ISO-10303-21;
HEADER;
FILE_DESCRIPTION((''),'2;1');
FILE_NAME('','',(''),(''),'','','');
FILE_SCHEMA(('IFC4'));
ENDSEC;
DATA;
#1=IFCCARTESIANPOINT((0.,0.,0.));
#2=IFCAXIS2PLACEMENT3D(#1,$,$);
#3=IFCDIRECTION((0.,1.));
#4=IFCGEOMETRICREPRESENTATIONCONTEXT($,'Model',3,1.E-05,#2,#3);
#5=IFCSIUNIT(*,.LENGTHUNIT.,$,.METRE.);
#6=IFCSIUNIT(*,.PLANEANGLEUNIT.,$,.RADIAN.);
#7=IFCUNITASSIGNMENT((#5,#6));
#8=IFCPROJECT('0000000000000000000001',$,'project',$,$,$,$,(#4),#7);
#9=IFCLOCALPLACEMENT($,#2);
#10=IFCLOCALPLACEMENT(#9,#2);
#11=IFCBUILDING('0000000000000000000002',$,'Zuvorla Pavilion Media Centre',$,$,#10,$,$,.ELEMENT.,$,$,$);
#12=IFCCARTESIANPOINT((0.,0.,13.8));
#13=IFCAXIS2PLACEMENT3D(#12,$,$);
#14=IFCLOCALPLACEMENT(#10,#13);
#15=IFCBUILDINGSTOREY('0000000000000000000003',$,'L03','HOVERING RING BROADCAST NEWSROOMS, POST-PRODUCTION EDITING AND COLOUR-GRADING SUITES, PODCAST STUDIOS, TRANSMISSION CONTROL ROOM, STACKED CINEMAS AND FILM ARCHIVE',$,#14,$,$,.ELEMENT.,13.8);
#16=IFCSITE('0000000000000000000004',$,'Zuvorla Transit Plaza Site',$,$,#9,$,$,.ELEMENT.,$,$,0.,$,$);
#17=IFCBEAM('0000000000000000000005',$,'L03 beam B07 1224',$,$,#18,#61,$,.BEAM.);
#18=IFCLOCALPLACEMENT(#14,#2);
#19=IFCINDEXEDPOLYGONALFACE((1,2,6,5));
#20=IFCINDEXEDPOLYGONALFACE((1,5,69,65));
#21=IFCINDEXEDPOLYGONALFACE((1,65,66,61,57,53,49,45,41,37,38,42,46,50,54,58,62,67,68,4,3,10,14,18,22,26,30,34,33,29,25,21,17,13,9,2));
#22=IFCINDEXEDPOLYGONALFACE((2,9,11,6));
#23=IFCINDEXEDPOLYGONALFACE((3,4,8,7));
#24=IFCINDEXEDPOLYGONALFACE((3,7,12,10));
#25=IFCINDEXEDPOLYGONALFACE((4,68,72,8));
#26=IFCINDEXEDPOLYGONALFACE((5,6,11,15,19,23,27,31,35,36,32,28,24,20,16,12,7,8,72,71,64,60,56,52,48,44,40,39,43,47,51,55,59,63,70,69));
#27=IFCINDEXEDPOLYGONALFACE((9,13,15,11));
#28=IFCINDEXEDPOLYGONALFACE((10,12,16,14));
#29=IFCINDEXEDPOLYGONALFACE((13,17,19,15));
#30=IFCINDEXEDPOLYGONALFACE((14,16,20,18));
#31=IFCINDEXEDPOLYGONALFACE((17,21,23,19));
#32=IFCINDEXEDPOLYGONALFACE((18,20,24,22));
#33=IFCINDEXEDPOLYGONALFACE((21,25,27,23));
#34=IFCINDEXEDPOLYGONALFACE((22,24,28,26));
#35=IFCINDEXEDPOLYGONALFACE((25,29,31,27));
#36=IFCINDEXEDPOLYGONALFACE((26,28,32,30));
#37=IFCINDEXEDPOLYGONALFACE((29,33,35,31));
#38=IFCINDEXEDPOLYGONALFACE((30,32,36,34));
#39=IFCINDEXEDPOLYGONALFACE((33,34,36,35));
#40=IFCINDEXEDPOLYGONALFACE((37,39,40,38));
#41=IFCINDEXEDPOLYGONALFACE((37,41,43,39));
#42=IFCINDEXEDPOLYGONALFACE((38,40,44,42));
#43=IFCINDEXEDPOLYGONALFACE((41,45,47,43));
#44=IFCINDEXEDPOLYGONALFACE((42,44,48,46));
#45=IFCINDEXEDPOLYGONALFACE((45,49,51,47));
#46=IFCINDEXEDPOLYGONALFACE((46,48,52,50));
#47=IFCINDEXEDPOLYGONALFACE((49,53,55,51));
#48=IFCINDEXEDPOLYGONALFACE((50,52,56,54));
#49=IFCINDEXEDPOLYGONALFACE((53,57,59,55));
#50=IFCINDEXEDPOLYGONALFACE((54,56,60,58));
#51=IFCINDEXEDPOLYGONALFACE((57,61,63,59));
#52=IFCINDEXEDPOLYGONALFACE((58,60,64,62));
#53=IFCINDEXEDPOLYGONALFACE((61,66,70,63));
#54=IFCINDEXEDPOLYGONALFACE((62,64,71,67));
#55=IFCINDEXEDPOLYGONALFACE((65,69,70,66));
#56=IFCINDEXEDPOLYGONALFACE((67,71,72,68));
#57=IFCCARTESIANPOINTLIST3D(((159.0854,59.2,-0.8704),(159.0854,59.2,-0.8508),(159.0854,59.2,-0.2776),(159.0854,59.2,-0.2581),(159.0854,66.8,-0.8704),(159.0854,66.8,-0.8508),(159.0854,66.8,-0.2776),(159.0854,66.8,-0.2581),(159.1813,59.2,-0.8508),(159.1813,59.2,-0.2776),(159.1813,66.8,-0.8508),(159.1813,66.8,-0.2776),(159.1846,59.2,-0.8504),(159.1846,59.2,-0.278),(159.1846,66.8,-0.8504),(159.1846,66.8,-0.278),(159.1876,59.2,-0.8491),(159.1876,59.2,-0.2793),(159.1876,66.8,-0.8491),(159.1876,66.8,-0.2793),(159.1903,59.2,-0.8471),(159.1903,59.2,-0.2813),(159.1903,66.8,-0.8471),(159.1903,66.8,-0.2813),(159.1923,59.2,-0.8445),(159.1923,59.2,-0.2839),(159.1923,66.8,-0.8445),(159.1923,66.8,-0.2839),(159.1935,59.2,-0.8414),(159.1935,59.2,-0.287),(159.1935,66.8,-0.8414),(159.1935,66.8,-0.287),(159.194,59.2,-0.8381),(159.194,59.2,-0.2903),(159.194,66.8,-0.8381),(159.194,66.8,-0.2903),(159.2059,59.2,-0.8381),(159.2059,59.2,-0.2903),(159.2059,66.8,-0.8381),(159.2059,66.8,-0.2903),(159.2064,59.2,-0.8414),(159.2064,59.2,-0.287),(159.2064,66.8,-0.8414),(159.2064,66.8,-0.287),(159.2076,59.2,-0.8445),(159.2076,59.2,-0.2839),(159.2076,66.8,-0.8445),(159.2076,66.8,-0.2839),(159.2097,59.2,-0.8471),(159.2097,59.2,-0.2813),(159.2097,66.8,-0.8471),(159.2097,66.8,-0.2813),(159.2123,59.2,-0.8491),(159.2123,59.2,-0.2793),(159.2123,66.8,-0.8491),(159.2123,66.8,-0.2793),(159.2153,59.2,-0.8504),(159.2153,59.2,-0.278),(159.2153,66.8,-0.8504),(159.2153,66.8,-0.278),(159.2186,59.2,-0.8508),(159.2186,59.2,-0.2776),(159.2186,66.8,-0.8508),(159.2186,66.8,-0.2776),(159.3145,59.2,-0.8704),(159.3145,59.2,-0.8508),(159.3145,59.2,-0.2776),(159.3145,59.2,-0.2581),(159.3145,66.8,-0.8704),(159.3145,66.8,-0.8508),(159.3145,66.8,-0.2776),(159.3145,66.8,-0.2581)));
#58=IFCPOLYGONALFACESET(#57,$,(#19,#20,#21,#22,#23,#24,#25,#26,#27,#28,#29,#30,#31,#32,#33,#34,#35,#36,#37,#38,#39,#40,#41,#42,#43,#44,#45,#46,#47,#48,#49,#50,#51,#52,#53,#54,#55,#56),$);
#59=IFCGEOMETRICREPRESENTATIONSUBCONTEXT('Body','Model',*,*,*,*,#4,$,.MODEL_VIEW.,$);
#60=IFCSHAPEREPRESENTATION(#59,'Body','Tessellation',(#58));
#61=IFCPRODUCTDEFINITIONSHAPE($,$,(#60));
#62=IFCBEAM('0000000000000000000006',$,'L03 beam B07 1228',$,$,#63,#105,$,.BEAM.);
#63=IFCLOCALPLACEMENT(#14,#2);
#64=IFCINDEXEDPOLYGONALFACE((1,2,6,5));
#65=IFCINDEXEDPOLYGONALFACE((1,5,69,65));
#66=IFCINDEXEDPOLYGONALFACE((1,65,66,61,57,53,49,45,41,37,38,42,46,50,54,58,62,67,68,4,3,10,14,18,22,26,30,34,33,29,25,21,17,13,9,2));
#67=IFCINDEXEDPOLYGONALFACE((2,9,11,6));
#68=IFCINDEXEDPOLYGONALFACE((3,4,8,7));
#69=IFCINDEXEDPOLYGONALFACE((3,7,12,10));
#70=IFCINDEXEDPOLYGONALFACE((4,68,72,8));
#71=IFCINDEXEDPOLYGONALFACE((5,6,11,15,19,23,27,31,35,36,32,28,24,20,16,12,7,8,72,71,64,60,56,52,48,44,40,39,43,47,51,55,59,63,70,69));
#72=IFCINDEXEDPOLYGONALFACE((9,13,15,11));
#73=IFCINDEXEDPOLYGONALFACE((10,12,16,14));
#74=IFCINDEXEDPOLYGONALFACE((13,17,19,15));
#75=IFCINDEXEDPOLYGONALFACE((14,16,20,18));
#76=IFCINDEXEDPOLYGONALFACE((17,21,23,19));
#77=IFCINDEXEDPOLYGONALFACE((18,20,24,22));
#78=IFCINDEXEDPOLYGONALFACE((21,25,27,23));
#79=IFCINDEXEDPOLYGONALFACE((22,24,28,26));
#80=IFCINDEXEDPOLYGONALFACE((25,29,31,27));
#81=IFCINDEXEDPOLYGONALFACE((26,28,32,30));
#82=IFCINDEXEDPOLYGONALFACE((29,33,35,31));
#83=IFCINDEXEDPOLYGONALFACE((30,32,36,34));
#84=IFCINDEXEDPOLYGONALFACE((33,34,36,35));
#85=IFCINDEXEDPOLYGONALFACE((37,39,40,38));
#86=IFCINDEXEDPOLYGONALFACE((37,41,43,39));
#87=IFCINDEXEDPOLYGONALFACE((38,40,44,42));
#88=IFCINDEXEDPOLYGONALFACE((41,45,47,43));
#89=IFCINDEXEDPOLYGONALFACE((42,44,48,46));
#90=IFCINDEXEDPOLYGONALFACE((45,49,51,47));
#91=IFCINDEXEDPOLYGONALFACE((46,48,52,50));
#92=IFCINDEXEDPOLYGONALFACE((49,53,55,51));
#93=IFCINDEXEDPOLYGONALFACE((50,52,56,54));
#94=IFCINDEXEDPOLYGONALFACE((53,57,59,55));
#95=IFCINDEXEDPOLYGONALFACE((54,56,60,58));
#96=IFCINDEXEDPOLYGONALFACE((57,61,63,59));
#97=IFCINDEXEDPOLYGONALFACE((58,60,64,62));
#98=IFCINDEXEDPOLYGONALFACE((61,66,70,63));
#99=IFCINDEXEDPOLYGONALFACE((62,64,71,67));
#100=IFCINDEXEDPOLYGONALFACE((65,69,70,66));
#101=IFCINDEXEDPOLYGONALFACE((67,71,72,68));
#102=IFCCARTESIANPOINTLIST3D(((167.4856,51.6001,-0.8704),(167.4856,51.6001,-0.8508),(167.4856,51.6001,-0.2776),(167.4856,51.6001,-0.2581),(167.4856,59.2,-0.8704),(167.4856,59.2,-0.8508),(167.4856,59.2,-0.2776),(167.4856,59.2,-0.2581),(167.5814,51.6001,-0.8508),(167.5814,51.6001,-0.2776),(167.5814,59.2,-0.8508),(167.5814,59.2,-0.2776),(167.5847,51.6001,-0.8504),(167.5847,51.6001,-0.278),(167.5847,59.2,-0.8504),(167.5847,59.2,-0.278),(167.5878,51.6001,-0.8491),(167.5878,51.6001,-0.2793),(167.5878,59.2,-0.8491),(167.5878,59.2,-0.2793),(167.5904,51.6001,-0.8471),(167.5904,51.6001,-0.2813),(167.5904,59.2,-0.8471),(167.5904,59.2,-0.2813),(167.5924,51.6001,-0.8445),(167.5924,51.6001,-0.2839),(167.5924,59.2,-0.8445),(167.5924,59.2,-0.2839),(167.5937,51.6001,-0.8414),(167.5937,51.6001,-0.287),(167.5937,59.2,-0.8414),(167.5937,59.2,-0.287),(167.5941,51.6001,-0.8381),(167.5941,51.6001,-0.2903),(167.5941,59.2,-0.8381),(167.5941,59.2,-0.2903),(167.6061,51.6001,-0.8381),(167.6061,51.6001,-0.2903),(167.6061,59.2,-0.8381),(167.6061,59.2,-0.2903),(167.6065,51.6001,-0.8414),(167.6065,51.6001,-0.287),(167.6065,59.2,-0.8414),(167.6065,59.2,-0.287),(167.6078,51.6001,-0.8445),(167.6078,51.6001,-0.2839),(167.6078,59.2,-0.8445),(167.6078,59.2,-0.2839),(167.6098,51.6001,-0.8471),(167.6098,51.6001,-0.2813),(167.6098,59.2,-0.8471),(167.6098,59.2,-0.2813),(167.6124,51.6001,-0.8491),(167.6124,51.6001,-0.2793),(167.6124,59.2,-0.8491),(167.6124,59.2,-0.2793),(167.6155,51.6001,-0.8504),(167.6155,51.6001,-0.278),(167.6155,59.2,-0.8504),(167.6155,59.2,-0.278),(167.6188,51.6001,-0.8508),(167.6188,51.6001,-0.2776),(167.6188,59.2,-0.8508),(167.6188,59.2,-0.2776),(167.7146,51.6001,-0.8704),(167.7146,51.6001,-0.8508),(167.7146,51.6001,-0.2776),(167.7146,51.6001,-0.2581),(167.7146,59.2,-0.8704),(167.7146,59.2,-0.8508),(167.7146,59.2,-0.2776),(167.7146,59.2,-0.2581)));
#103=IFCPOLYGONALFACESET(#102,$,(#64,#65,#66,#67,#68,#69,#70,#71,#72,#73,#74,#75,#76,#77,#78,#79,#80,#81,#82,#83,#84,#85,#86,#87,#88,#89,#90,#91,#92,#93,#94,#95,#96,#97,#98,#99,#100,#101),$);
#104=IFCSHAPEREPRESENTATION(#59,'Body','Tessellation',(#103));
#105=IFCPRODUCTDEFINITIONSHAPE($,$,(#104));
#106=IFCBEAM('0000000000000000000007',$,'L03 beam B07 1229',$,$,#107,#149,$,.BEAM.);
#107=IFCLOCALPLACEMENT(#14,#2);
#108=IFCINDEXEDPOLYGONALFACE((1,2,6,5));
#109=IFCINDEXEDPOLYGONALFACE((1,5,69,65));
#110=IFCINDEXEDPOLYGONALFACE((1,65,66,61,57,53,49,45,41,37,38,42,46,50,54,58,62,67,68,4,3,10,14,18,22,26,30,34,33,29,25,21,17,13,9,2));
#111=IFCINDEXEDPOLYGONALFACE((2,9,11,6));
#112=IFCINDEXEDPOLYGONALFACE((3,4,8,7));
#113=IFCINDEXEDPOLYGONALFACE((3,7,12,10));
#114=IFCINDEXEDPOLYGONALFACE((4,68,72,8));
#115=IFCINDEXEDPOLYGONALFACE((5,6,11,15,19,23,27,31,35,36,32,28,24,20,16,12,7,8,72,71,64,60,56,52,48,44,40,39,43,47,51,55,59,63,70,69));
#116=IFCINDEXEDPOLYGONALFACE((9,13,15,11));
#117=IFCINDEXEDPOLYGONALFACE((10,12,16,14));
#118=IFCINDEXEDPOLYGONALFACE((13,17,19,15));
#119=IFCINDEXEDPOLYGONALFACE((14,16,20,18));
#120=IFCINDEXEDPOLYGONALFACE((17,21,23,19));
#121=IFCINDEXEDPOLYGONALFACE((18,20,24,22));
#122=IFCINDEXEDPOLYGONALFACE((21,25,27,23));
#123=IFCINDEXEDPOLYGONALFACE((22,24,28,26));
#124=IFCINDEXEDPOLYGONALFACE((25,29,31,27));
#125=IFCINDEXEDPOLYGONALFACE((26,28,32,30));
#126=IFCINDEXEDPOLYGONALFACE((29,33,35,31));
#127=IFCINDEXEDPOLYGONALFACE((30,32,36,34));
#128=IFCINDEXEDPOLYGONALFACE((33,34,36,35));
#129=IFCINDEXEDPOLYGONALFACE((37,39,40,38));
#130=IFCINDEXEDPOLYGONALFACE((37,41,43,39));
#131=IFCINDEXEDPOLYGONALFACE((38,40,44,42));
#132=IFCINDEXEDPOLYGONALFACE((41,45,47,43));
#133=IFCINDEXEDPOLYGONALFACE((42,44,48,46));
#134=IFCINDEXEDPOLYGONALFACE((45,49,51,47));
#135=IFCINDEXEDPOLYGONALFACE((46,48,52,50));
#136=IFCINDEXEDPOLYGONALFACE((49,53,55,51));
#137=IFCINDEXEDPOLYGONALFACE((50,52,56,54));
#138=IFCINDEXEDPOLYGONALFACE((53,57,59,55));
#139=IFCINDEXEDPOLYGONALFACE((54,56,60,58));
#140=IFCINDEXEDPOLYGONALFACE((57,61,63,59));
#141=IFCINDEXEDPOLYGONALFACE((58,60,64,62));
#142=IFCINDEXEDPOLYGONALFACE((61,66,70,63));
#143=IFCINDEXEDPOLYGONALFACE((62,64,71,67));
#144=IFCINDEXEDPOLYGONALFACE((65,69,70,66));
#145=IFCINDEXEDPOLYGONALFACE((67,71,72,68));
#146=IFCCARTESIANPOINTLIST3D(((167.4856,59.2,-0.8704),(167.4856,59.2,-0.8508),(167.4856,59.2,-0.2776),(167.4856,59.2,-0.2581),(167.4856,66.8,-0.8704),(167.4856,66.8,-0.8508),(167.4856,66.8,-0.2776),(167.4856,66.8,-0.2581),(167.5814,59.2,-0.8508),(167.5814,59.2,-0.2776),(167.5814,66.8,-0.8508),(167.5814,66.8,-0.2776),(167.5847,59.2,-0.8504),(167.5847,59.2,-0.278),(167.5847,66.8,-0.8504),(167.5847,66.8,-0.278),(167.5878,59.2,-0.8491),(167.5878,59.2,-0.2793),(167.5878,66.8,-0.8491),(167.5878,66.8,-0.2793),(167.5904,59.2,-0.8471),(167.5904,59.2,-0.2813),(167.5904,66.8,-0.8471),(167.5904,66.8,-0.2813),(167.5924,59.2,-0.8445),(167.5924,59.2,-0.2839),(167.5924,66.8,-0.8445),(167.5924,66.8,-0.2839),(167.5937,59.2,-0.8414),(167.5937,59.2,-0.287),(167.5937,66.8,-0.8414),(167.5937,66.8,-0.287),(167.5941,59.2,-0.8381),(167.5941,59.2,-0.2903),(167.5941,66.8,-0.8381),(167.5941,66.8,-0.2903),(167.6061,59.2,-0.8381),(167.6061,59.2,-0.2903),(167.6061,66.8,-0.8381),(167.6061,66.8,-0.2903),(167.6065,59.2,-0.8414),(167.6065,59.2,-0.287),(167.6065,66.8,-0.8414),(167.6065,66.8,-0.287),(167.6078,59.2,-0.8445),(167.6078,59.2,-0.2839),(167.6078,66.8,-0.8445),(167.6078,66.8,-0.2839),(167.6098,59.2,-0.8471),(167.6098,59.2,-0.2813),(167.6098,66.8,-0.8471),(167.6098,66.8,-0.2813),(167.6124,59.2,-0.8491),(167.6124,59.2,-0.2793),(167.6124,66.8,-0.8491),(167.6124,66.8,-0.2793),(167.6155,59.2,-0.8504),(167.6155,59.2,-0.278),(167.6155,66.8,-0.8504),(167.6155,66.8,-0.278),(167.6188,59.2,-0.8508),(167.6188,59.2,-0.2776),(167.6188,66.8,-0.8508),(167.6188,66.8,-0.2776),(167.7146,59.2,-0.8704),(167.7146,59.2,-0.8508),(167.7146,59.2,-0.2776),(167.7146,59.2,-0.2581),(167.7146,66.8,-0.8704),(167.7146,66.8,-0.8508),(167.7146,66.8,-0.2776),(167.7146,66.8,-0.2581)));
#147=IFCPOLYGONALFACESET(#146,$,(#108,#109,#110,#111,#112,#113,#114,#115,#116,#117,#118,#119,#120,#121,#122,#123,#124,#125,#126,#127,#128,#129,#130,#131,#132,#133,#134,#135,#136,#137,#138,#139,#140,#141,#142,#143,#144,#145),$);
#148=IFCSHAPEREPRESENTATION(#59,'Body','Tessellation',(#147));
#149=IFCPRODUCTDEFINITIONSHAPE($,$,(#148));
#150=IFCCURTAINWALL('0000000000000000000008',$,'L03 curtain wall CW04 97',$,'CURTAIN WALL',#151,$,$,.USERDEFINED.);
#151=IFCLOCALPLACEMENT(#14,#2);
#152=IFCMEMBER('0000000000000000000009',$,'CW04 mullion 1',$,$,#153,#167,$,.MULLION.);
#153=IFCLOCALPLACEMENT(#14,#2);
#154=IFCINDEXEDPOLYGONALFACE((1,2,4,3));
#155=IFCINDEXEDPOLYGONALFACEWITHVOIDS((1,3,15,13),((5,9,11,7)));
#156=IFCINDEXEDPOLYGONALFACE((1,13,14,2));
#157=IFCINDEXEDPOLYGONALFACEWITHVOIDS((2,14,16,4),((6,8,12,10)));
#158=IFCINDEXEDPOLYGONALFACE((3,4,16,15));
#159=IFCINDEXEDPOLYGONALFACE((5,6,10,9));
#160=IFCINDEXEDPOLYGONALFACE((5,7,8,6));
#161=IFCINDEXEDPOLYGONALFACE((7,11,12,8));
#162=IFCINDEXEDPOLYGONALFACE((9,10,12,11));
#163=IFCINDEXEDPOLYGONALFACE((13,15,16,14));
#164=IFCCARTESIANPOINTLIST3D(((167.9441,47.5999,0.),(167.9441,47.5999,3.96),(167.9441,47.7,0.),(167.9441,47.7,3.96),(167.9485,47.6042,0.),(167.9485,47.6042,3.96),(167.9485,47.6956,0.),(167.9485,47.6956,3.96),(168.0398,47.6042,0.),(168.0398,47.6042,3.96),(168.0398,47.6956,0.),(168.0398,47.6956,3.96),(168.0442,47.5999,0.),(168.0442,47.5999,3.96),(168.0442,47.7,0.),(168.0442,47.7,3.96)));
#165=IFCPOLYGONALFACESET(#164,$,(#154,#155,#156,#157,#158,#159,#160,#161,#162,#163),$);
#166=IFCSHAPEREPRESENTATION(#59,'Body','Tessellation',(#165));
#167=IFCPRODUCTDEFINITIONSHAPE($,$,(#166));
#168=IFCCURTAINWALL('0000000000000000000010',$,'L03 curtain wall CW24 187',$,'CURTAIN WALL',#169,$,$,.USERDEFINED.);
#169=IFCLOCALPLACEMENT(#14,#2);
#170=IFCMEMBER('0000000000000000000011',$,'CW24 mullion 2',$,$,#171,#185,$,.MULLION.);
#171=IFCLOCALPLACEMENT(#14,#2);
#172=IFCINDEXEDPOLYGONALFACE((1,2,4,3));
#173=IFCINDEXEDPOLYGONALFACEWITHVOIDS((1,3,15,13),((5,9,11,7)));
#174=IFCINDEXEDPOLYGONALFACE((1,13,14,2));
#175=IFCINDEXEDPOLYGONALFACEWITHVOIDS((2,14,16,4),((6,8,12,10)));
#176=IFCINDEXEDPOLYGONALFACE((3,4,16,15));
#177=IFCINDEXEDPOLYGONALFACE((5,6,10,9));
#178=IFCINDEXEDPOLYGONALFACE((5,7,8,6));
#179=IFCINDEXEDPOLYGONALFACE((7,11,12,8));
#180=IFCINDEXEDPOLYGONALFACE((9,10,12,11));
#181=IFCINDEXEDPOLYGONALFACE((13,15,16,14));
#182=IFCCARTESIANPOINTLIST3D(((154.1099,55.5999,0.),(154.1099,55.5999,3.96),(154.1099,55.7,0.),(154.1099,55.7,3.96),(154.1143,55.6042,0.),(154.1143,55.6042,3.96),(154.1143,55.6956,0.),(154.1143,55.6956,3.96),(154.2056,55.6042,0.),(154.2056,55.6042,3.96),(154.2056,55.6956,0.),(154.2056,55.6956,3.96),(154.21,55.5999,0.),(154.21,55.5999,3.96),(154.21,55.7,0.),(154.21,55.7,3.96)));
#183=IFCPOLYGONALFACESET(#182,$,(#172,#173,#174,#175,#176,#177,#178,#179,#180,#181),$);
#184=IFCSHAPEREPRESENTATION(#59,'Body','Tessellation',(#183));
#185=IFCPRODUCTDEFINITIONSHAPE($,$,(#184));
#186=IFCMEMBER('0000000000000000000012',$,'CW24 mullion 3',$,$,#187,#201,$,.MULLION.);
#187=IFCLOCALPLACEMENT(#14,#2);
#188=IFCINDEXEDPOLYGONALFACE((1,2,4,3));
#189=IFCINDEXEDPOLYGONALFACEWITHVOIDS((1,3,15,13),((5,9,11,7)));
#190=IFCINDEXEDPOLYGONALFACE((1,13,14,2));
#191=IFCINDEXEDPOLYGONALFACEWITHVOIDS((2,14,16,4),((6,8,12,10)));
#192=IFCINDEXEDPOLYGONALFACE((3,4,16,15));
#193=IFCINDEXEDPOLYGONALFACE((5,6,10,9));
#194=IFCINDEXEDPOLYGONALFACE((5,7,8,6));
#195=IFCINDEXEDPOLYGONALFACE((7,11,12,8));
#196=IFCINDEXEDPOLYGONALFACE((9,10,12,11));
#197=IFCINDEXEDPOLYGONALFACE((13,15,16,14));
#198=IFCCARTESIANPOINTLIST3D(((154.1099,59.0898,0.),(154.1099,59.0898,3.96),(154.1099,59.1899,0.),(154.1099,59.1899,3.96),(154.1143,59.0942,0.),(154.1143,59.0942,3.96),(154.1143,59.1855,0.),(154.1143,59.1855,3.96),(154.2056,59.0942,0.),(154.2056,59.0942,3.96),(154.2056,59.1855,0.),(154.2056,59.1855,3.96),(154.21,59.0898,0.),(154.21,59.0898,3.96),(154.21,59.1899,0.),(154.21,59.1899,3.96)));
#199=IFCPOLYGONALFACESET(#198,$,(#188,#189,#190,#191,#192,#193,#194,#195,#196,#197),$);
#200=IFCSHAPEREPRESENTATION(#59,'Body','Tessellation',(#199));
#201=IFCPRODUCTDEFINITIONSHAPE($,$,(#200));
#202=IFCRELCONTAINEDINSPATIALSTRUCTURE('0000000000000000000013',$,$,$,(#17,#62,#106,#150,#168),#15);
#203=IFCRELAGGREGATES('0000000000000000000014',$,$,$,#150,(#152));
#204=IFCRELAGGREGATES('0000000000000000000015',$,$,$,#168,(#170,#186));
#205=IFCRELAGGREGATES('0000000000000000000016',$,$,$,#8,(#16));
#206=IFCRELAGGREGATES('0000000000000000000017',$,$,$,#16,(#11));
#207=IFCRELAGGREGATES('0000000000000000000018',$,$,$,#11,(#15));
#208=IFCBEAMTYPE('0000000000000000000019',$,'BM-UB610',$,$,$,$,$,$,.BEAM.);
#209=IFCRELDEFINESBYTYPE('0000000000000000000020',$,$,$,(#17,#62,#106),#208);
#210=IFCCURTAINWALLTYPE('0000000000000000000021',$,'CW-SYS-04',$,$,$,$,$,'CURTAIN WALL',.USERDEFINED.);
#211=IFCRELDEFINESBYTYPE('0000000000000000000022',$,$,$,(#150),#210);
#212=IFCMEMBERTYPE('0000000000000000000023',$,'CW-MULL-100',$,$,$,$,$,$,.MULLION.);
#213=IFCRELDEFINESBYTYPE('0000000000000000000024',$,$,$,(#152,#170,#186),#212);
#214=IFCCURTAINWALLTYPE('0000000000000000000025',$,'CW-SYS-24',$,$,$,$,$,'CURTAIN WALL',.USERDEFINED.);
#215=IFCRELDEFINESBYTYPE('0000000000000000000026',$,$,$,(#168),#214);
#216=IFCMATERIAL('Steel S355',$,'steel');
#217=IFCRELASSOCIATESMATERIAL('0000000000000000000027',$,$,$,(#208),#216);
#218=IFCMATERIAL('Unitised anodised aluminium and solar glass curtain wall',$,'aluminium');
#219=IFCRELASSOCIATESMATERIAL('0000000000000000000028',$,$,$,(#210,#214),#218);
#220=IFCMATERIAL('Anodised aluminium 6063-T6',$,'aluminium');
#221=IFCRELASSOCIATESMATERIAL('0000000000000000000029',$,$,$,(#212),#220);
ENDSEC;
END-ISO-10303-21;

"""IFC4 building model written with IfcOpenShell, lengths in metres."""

from ifc_helpers import new_model, si_unit, direction, frame, origin, origin_2d, place, context, subcontext, project, spatial, hollow_rectangle, i_section, extrude, material, material_profile, profile_set, type_object, element, aggregate, save


model = new_model("IFC4")

# Units and contexts
model_context = context("Model", 3, precision=1e-05, world=origin(), true_north=direction((0.0, 1.0)))
body_context = subcontext(model_context, "Body", "Model", "MODEL_VIEW")
ifc_project = project(units=[si_unit("LENGTHUNIT", "METRE"), si_unit("PLANEANGLEUNIT", "RADIAN")], contexts=[model_context])

# Site, building, storey
site_placement = place(None, origin())
site = spatial("IfcSite", under=ifc_project, at=site_placement, Name="Zuvorla Transit Plaza Site", CompositionType="ELEMENT", RefElevation=0.0)
building_placement = place(site_placement, origin())
building = spatial("IfcBuilding", under=site, at=building_placement, Name="Zuvorla Pavilion Media Centre", CompositionType="ELEMENT")
storey_placement = place(building_placement, frame((0.0, 0.0, 13.8)))
storey = spatial("IfcBuildingStorey", under=building, at=storey_placement, Name="L03", Description="HOVERING RING BROADCAST NEWSROOMS, POST-PRODUCTION EDITING AND COLOUR-GRADING SUITES, PODCAST STUDIOS, TRANSMISSION CONTROL ROOM, STACKED CINEMAS AND FILM ARCHIVE", CompositionType="ELEMENT", Elevation=13.8)

# Shared definitions
ifc_material_1 = material(Name="Steel S355", Category="steel")

# Beams
ifc_material_profile_1 = material_profile(ifc_material_1, i_section(OverallWidth=0.229, OverallDepth=0.6123, WebThickness=0.012, FlangeThickness=0.0195, FilletRadius=0.0127, at=origin_2d()), Name="UB 610x229x125")
ifc_profile_set_1 = profile_set([ifc_material_profile_1], Name="Steel S355")
beam_type_1 = type_object("IfcBeamType", Name="BM-UB610", PredefinedType="BEAM", material=ifc_profile_set_1)
beam_1_placement = place(storey_placement, frame((159.2, 59.2, -0.5642), z_axis=(0.0, 1.0, 0.0), x_axis=(-1.0, 0.0, 0.0)))
element("IfcBeam", 1, at=beam_1_placement, inside=storey, type_object=beam_type_1, Name="L03 beam B07 1224", PredefinedType="BEAM", context=body_context, shape_type="SweptSolid", body=[
    extrude(i_section(OverallWidth=0.229, OverallDepth=0.6123, WebThickness=0.012, FlangeThickness=0.0195, FilletRadius=0.0127, at=origin_2d()), origin(), (0.0, 0.0, 1.0), 7.6001),
])
beam_2_placement = place(storey_placement, frame((167.6001, 51.6001, -0.5642), z_axis=(0.0, 1.0, 0.0), x_axis=(-1.0, 0.0, 0.0)))
element("IfcBeam", 2, at=beam_2_placement, inside=storey, type_object=beam_type_1, Name="L03 beam B07 1228", PredefinedType="BEAM", context=body_context, shape_type="SweptSolid", body=[
    extrude(i_section(OverallWidth=0.229, OverallDepth=0.6123, WebThickness=0.012, FlangeThickness=0.0195, FilletRadius=0.0127, at=origin_2d()), origin(), (0.0, 0.0, 1.0), 7.5999),
])
beam_3_placement = place(storey_placement, frame((167.6001, 59.2, -0.5642), z_axis=(0.0, 1.0, 0.0), x_axis=(-1.0, 0.0, 0.0)))
element("IfcBeam", 3, at=beam_3_placement, inside=storey, type_object=beam_type_1, Name="L03 beam B07 1229", PredefinedType="BEAM", context=body_context, shape_type="SweptSolid", body=[
    extrude(i_section(OverallWidth=0.229, OverallDepth=0.6123, WebThickness=0.012, FlangeThickness=0.0195, FilletRadius=0.0127, at=origin_2d()), origin(), (0.0, 0.0, 1.0), 7.6001),
])

# Curtain wall, member
ifc_material_2 = material(Name="Unitised anodised aluminium and solar glass curtain wall", Category="aluminium")
curtain_wall_type_1 = type_object("IfcCurtainWallType", Name="CW-SYS-04", ElementType="CURTAIN WALL", PredefinedType="USERDEFINED", material=ifc_material_2)
curtain_wall_1_placement = place(storey_placement, origin())
curtain_wall_1 = element("IfcCurtainWall", 4, at=curtain_wall_1_placement, inside=storey, type_object=curtain_wall_type_1, Name="L03 curtain wall CW04 97", ObjectType="CURTAIN WALL", PredefinedType="USERDEFINED")
ifc_material_3 = material(Name="Anodised aluminium 6063-T6", Category="aluminium")
ifc_material_profile_2 = material_profile(ifc_material_3, hollow_rectangle(XDim=0.1001, YDim=0.1001, WallThickness=0.0044, at=origin_2d()), Name="ALU MULL 100x100")
ifc_profile_set_2 = profile_set([ifc_material_profile_2], Name="Anodised aluminium 6063-T6")
member_type_1 = type_object("IfcMemberType", Name="CW-MULL-100", PredefinedType="MULLION", material=ifc_profile_set_2)
member_1_placement = place(storey_placement, frame((167.9941, 47.6499, 0.0), z_axis=(0.0, 0.0, 1.0), x_axis=(1.0, 0.0, 0.0)))
member_1 = element("IfcMember", 5, at=member_1_placement, type_object=member_type_1, Name="CW04 mullion 1", PredefinedType="MULLION", context=body_context, shape_type="SweptSolid", body=[
    extrude(hollow_rectangle(XDim=0.1001, YDim=0.1001, WallThickness=0.0044, at=origin_2d()), origin(), (0.0, 0.0, 1.0), 3.96),
])

# Curtain wall, members
curtain_wall_type_2 = type_object("IfcCurtainWallType", Name="CW-SYS-24", ElementType="CURTAIN WALL", PredefinedType="USERDEFINED", material=ifc_material_2)
curtain_wall_2_placement = place(storey_placement, origin())
curtain_wall_2 = element("IfcCurtainWall", 6, at=curtain_wall_2_placement, inside=storey, type_object=curtain_wall_type_2, Name="L03 curtain wall CW24 187", ObjectType="CURTAIN WALL", PredefinedType="USERDEFINED")
member_2_placement = place(storey_placement, frame((154.1599, 55.6499, 0.0), z_axis=(0.0, 0.0, 1.0), x_axis=(1.0, 0.0, 0.0)))
member_2 = element("IfcMember", 7, at=member_2_placement, type_object=member_type_1, Name="CW24 mullion 2", PredefinedType="MULLION", context=body_context, shape_type="SweptSolid", body=[
    extrude(hollow_rectangle(XDim=0.1001, YDim=0.1001, WallThickness=0.0044, at=origin_2d()), origin(), (0.0, 0.0, 1.0), 3.96),
])
member_3_placement = place(storey_placement, frame((154.1599, 59.1399, 0.0), z_axis=(0.0, 0.0, 1.0), x_axis=(1.0, 0.0, 0.0)))
member_3 = element("IfcMember", 8, at=member_3_placement, type_object=member_type_1, Name="CW24 mullion 3", PredefinedType="MULLION", context=body_context, shape_type="SweptSolid", body=[
    extrude(hollow_rectangle(XDim=0.1001, YDim=0.1001, WallThickness=0.0044, at=origin_2d()), origin(), (0.0, 0.0, 1.0), 3.96),
])

aggregate(curtain_wall_1, [member_1])
aggregate(curtain_wall_2, [member_2, member_3])

save(model, "model.ifc")
